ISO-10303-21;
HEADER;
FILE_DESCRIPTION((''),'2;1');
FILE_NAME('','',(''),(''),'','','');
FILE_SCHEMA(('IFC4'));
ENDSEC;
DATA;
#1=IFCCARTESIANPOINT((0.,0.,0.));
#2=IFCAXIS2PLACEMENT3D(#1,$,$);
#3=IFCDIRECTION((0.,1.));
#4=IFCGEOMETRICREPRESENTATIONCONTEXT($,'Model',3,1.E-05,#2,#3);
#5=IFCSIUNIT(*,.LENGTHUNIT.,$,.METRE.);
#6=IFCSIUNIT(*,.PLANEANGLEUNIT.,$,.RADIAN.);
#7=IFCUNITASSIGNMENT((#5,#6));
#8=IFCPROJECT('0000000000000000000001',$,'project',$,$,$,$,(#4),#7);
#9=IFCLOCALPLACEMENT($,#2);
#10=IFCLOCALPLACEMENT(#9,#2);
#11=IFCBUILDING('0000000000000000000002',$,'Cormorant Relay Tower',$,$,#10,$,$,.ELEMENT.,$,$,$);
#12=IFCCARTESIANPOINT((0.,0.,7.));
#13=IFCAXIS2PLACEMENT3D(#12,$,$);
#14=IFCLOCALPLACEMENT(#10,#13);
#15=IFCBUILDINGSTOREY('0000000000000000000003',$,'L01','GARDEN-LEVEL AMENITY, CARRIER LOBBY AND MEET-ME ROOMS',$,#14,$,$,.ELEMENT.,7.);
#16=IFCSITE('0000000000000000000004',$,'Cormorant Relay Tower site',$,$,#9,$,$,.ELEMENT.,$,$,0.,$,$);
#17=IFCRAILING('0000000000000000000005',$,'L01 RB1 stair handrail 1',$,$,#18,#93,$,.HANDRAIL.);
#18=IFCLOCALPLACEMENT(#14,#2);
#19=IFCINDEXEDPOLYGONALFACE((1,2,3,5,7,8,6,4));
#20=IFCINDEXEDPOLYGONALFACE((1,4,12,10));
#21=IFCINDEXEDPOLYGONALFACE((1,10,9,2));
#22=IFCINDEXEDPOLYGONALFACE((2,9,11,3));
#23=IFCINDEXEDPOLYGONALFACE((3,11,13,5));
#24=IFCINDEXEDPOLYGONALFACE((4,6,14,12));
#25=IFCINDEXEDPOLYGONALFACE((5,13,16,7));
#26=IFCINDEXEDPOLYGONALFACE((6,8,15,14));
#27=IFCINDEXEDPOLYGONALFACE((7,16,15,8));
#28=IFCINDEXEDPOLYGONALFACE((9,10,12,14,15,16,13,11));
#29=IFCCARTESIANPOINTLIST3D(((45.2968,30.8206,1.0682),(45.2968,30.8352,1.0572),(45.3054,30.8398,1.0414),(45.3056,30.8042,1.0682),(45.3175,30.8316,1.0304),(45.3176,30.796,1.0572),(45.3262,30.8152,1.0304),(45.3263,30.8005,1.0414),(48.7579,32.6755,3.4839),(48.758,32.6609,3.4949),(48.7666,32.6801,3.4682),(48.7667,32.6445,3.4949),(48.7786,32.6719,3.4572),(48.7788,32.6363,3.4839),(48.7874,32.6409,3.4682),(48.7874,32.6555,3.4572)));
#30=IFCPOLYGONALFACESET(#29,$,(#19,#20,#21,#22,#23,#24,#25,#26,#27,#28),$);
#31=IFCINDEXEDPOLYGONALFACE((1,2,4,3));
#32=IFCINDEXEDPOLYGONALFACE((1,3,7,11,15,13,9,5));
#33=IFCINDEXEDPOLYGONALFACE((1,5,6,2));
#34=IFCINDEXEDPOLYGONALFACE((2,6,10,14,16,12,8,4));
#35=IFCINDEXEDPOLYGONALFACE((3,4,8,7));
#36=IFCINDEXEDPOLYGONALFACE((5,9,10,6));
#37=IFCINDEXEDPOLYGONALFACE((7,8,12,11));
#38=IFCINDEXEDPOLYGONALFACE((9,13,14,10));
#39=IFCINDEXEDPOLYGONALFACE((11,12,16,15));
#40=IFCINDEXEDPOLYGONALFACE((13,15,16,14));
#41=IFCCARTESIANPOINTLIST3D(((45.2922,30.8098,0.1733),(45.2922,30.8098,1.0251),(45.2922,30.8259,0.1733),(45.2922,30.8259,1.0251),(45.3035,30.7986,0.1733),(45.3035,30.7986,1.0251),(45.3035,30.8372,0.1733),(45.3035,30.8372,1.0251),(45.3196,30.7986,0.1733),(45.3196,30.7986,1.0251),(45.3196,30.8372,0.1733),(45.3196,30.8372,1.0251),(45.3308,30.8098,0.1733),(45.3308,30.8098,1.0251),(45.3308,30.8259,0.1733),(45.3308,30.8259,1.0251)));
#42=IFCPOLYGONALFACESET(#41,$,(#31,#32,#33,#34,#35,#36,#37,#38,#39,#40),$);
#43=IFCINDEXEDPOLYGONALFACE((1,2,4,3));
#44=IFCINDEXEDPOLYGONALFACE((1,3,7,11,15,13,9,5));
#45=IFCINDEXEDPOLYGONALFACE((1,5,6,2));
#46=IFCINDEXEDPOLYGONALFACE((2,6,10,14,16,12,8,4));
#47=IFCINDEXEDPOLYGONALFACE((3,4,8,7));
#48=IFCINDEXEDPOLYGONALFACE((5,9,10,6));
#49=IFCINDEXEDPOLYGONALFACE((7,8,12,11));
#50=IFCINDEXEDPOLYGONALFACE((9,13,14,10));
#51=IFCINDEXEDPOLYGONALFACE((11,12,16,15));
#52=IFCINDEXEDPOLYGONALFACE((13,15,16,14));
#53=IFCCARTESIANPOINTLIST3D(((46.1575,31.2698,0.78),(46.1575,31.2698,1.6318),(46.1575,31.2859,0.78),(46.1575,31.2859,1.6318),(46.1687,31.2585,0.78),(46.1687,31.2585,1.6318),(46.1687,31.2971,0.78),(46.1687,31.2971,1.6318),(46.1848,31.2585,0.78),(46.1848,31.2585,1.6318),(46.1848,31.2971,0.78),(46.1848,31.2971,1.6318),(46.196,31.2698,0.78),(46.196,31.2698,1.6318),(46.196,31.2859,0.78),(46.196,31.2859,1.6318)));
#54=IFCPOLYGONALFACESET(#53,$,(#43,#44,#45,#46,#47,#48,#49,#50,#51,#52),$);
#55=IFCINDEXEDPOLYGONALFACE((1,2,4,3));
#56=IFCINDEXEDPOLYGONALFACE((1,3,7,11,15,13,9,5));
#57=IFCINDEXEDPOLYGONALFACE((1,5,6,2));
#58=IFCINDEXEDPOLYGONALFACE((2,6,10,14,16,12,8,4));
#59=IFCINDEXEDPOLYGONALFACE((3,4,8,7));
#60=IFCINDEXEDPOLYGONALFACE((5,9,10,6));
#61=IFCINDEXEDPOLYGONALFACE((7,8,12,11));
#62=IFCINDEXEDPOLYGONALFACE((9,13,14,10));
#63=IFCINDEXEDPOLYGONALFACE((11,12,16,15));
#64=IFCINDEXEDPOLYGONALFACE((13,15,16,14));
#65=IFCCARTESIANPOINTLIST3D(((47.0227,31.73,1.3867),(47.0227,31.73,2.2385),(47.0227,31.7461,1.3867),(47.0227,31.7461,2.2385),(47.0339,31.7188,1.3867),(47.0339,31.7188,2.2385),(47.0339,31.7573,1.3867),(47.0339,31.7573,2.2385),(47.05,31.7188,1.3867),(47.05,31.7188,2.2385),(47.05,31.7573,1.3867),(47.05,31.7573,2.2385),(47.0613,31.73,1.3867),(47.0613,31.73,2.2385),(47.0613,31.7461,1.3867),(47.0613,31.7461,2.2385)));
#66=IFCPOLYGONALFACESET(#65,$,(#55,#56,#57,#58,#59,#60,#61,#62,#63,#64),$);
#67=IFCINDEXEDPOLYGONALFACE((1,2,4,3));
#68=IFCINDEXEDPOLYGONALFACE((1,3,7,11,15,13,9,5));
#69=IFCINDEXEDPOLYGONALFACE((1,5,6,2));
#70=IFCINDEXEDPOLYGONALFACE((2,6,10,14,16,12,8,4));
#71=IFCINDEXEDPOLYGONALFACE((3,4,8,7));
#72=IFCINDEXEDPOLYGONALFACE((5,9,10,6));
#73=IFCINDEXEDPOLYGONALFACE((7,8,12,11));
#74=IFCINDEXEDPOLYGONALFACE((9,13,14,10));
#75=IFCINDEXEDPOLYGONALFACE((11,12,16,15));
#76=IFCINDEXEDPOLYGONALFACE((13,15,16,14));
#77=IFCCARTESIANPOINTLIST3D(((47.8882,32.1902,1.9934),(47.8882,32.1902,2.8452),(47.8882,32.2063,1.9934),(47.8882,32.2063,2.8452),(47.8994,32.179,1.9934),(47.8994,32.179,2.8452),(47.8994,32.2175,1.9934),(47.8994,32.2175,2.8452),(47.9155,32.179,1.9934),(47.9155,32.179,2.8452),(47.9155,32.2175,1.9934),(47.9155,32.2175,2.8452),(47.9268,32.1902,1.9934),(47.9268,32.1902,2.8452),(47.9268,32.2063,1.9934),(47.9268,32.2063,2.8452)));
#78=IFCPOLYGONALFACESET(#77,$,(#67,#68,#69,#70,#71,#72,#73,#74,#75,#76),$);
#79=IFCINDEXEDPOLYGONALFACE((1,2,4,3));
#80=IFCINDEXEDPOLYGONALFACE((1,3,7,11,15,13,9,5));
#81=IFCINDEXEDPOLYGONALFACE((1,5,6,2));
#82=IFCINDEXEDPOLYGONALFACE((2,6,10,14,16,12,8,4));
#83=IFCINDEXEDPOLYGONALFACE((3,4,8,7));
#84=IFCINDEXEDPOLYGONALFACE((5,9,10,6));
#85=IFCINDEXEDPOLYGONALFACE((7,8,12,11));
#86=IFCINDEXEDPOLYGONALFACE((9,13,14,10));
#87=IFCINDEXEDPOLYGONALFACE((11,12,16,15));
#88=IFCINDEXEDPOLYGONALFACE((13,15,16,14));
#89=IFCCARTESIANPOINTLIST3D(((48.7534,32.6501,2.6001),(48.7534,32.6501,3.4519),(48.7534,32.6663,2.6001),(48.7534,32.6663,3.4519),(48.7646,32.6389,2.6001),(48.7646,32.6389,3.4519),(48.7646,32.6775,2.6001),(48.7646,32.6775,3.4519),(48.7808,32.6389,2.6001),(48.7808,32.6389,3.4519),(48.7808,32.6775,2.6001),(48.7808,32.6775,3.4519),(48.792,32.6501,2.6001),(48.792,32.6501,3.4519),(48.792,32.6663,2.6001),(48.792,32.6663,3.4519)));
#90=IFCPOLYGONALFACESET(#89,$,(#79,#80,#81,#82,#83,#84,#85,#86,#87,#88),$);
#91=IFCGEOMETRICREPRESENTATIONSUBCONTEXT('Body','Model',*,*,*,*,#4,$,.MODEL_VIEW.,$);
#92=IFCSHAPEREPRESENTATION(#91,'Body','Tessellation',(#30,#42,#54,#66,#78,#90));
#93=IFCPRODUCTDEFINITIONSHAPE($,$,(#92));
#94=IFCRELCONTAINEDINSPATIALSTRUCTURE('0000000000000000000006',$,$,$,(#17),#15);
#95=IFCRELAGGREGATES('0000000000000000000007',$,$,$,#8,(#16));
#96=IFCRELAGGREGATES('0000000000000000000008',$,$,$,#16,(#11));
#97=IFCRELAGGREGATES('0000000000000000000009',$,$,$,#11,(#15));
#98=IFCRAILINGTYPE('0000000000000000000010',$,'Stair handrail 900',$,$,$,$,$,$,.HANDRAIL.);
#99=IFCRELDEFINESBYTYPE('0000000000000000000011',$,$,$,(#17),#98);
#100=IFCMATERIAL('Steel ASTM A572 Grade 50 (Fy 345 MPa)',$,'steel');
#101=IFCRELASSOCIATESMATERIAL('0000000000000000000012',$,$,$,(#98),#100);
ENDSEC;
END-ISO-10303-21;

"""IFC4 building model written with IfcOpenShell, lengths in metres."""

from ifc_helpers import new_model, si_unit, direction, frame, origin, place, context, subcontext, project, spatial, polyline, outline, extrude, material, type_object, element, save


model = new_model("IFC4")

# Units and contexts
model_context = context("Model", 3, precision=1e-05, world=origin(), true_north=direction((0.0, 1.0)))
body_context = subcontext(model_context, "Body", "Model", "MODEL_VIEW")
ifc_project = project(units=[si_unit("LENGTHUNIT", "METRE"), si_unit("PLANEANGLEUNIT", "RADIAN")], contexts=[model_context])

# Site, building, storey
site_placement = place(None, origin())
site = spatial("IfcSite", under=ifc_project, at=site_placement, Name="Cormorant Relay Tower site", CompositionType="ELEMENT", RefElevation=0.0)
building_placement = place(site_placement, origin())
building = spatial("IfcBuilding", under=site, at=building_placement, Name="Cormorant Relay Tower", CompositionType="ELEMENT")
storey_placement = place(building_placement, frame((0.0, 0.0, 7.0)))
storey = spatial("IfcBuildingStorey", under=building, at=storey_placement, Name="L01", Description="GARDEN-LEVEL AMENITY, CARRIER LOBBY AND MEET-ME ROOMS", CompositionType="ELEMENT", Elevation=7.0)

# Railing
ifc_material_1 = material(Name="Steel ASTM A572 Grade 50 (Fy 345 MPa)", Category="steel")
railing_type_1 = type_object("IfcRailingType", Name="Stair handrail 900", PredefinedType="HANDRAIL", material=ifc_material_1)
railing_1_placement = place(storey_placement, frame((45.3115, 30.8179, 0.1733)))
element("IfcRailing", 1, at=railing_1_placement, inside=storey, type_object=railing_type_1, Name="L01 RB1 stair handrail 1", PredefinedType="HANDRAIL", context=body_context, shape_type="SweptSolid", body=[
    extrude(outline(polyline([(0.0222, 0.0093), (0.0093, 0.0222), (-0.0093, 0.0222), (-0.0222, 0.0093), (-0.0222, -0.0093), (-0.0093, -0.0222), (0.0093, -0.0222), (0.0222, -0.0093), (0.0222, 0.0093)])), frame((0.0, 0.0, 0.876), z_axis=(0.750734, 0.39917, 0.526366), x_axis=(-0.469469, 0.882949, 0.0)), (0.0, 0.0, 1.0), 4.6104),
    extrude(outline(polyline([(0.0193, 0.0081), (0.0081, 0.0193), (-0.0081, 0.0193), (-0.0193, 0.0081), (-0.0193, -0.0081), (-0.0081, -0.0193), (0.0081, -0.0193), (0.0193, -0.0081), (0.0193, 0.0081)])), origin(), (0.0, 0.0, 1.0), 0.8518),
    extrude(outline(polyline([(0.0193, 0.0081), (0.0081, 0.0193), (-0.0081, 0.0193), (-0.0193, 0.0081), (-0.0193, -0.0081), (-0.0081, -0.0193), (0.0081, -0.0193), (0.0193, -0.0081), (0.0193, 0.0081)])), frame((0.8652, 0.46, 0.6067)), (0.0, 0.0, 1.0), 0.8518),
    extrude(outline(polyline([(0.0193, 0.0081), (0.0081, 0.0193), (-0.0081, 0.0193), (-0.0193, 0.0081), (-0.0193, -0.0081), (-0.0081, -0.0193), (0.0081, -0.0193), (0.0193, -0.0081), (0.0193, 0.0081)])), frame((1.7305, 0.9202, 1.2134)), (0.0, 0.0, 1.0), 0.8518),
    extrude(outline(polyline([(0.0193, 0.0081), (0.0081, 0.0193), (-0.0081, 0.0193), (-0.0193, 0.0081), (-0.0193, -0.0081), (-0.0081, -0.0193), (0.0081, -0.0193), (0.0193, -0.0081), (0.0193, 0.0081)])), frame((2.5959, 1.3804, 1.8201)), (0.0, 0.0, 1.0), 0.8518),
    extrude(outline(polyline([(0.0193, 0.0081), (0.0081, 0.0193), (-0.0081, 0.0193), (-0.0193, 0.0081), (-0.0193, -0.0081), (-0.0081, -0.0193), (0.0081, -0.0193), (0.0193, -0.0081), (0.0193, 0.0081)])), frame((3.4612, 1.8403, 2.4268)), (0.0, 0.0, 1.0), 0.8518),
])

save(model, "model.ifc")
